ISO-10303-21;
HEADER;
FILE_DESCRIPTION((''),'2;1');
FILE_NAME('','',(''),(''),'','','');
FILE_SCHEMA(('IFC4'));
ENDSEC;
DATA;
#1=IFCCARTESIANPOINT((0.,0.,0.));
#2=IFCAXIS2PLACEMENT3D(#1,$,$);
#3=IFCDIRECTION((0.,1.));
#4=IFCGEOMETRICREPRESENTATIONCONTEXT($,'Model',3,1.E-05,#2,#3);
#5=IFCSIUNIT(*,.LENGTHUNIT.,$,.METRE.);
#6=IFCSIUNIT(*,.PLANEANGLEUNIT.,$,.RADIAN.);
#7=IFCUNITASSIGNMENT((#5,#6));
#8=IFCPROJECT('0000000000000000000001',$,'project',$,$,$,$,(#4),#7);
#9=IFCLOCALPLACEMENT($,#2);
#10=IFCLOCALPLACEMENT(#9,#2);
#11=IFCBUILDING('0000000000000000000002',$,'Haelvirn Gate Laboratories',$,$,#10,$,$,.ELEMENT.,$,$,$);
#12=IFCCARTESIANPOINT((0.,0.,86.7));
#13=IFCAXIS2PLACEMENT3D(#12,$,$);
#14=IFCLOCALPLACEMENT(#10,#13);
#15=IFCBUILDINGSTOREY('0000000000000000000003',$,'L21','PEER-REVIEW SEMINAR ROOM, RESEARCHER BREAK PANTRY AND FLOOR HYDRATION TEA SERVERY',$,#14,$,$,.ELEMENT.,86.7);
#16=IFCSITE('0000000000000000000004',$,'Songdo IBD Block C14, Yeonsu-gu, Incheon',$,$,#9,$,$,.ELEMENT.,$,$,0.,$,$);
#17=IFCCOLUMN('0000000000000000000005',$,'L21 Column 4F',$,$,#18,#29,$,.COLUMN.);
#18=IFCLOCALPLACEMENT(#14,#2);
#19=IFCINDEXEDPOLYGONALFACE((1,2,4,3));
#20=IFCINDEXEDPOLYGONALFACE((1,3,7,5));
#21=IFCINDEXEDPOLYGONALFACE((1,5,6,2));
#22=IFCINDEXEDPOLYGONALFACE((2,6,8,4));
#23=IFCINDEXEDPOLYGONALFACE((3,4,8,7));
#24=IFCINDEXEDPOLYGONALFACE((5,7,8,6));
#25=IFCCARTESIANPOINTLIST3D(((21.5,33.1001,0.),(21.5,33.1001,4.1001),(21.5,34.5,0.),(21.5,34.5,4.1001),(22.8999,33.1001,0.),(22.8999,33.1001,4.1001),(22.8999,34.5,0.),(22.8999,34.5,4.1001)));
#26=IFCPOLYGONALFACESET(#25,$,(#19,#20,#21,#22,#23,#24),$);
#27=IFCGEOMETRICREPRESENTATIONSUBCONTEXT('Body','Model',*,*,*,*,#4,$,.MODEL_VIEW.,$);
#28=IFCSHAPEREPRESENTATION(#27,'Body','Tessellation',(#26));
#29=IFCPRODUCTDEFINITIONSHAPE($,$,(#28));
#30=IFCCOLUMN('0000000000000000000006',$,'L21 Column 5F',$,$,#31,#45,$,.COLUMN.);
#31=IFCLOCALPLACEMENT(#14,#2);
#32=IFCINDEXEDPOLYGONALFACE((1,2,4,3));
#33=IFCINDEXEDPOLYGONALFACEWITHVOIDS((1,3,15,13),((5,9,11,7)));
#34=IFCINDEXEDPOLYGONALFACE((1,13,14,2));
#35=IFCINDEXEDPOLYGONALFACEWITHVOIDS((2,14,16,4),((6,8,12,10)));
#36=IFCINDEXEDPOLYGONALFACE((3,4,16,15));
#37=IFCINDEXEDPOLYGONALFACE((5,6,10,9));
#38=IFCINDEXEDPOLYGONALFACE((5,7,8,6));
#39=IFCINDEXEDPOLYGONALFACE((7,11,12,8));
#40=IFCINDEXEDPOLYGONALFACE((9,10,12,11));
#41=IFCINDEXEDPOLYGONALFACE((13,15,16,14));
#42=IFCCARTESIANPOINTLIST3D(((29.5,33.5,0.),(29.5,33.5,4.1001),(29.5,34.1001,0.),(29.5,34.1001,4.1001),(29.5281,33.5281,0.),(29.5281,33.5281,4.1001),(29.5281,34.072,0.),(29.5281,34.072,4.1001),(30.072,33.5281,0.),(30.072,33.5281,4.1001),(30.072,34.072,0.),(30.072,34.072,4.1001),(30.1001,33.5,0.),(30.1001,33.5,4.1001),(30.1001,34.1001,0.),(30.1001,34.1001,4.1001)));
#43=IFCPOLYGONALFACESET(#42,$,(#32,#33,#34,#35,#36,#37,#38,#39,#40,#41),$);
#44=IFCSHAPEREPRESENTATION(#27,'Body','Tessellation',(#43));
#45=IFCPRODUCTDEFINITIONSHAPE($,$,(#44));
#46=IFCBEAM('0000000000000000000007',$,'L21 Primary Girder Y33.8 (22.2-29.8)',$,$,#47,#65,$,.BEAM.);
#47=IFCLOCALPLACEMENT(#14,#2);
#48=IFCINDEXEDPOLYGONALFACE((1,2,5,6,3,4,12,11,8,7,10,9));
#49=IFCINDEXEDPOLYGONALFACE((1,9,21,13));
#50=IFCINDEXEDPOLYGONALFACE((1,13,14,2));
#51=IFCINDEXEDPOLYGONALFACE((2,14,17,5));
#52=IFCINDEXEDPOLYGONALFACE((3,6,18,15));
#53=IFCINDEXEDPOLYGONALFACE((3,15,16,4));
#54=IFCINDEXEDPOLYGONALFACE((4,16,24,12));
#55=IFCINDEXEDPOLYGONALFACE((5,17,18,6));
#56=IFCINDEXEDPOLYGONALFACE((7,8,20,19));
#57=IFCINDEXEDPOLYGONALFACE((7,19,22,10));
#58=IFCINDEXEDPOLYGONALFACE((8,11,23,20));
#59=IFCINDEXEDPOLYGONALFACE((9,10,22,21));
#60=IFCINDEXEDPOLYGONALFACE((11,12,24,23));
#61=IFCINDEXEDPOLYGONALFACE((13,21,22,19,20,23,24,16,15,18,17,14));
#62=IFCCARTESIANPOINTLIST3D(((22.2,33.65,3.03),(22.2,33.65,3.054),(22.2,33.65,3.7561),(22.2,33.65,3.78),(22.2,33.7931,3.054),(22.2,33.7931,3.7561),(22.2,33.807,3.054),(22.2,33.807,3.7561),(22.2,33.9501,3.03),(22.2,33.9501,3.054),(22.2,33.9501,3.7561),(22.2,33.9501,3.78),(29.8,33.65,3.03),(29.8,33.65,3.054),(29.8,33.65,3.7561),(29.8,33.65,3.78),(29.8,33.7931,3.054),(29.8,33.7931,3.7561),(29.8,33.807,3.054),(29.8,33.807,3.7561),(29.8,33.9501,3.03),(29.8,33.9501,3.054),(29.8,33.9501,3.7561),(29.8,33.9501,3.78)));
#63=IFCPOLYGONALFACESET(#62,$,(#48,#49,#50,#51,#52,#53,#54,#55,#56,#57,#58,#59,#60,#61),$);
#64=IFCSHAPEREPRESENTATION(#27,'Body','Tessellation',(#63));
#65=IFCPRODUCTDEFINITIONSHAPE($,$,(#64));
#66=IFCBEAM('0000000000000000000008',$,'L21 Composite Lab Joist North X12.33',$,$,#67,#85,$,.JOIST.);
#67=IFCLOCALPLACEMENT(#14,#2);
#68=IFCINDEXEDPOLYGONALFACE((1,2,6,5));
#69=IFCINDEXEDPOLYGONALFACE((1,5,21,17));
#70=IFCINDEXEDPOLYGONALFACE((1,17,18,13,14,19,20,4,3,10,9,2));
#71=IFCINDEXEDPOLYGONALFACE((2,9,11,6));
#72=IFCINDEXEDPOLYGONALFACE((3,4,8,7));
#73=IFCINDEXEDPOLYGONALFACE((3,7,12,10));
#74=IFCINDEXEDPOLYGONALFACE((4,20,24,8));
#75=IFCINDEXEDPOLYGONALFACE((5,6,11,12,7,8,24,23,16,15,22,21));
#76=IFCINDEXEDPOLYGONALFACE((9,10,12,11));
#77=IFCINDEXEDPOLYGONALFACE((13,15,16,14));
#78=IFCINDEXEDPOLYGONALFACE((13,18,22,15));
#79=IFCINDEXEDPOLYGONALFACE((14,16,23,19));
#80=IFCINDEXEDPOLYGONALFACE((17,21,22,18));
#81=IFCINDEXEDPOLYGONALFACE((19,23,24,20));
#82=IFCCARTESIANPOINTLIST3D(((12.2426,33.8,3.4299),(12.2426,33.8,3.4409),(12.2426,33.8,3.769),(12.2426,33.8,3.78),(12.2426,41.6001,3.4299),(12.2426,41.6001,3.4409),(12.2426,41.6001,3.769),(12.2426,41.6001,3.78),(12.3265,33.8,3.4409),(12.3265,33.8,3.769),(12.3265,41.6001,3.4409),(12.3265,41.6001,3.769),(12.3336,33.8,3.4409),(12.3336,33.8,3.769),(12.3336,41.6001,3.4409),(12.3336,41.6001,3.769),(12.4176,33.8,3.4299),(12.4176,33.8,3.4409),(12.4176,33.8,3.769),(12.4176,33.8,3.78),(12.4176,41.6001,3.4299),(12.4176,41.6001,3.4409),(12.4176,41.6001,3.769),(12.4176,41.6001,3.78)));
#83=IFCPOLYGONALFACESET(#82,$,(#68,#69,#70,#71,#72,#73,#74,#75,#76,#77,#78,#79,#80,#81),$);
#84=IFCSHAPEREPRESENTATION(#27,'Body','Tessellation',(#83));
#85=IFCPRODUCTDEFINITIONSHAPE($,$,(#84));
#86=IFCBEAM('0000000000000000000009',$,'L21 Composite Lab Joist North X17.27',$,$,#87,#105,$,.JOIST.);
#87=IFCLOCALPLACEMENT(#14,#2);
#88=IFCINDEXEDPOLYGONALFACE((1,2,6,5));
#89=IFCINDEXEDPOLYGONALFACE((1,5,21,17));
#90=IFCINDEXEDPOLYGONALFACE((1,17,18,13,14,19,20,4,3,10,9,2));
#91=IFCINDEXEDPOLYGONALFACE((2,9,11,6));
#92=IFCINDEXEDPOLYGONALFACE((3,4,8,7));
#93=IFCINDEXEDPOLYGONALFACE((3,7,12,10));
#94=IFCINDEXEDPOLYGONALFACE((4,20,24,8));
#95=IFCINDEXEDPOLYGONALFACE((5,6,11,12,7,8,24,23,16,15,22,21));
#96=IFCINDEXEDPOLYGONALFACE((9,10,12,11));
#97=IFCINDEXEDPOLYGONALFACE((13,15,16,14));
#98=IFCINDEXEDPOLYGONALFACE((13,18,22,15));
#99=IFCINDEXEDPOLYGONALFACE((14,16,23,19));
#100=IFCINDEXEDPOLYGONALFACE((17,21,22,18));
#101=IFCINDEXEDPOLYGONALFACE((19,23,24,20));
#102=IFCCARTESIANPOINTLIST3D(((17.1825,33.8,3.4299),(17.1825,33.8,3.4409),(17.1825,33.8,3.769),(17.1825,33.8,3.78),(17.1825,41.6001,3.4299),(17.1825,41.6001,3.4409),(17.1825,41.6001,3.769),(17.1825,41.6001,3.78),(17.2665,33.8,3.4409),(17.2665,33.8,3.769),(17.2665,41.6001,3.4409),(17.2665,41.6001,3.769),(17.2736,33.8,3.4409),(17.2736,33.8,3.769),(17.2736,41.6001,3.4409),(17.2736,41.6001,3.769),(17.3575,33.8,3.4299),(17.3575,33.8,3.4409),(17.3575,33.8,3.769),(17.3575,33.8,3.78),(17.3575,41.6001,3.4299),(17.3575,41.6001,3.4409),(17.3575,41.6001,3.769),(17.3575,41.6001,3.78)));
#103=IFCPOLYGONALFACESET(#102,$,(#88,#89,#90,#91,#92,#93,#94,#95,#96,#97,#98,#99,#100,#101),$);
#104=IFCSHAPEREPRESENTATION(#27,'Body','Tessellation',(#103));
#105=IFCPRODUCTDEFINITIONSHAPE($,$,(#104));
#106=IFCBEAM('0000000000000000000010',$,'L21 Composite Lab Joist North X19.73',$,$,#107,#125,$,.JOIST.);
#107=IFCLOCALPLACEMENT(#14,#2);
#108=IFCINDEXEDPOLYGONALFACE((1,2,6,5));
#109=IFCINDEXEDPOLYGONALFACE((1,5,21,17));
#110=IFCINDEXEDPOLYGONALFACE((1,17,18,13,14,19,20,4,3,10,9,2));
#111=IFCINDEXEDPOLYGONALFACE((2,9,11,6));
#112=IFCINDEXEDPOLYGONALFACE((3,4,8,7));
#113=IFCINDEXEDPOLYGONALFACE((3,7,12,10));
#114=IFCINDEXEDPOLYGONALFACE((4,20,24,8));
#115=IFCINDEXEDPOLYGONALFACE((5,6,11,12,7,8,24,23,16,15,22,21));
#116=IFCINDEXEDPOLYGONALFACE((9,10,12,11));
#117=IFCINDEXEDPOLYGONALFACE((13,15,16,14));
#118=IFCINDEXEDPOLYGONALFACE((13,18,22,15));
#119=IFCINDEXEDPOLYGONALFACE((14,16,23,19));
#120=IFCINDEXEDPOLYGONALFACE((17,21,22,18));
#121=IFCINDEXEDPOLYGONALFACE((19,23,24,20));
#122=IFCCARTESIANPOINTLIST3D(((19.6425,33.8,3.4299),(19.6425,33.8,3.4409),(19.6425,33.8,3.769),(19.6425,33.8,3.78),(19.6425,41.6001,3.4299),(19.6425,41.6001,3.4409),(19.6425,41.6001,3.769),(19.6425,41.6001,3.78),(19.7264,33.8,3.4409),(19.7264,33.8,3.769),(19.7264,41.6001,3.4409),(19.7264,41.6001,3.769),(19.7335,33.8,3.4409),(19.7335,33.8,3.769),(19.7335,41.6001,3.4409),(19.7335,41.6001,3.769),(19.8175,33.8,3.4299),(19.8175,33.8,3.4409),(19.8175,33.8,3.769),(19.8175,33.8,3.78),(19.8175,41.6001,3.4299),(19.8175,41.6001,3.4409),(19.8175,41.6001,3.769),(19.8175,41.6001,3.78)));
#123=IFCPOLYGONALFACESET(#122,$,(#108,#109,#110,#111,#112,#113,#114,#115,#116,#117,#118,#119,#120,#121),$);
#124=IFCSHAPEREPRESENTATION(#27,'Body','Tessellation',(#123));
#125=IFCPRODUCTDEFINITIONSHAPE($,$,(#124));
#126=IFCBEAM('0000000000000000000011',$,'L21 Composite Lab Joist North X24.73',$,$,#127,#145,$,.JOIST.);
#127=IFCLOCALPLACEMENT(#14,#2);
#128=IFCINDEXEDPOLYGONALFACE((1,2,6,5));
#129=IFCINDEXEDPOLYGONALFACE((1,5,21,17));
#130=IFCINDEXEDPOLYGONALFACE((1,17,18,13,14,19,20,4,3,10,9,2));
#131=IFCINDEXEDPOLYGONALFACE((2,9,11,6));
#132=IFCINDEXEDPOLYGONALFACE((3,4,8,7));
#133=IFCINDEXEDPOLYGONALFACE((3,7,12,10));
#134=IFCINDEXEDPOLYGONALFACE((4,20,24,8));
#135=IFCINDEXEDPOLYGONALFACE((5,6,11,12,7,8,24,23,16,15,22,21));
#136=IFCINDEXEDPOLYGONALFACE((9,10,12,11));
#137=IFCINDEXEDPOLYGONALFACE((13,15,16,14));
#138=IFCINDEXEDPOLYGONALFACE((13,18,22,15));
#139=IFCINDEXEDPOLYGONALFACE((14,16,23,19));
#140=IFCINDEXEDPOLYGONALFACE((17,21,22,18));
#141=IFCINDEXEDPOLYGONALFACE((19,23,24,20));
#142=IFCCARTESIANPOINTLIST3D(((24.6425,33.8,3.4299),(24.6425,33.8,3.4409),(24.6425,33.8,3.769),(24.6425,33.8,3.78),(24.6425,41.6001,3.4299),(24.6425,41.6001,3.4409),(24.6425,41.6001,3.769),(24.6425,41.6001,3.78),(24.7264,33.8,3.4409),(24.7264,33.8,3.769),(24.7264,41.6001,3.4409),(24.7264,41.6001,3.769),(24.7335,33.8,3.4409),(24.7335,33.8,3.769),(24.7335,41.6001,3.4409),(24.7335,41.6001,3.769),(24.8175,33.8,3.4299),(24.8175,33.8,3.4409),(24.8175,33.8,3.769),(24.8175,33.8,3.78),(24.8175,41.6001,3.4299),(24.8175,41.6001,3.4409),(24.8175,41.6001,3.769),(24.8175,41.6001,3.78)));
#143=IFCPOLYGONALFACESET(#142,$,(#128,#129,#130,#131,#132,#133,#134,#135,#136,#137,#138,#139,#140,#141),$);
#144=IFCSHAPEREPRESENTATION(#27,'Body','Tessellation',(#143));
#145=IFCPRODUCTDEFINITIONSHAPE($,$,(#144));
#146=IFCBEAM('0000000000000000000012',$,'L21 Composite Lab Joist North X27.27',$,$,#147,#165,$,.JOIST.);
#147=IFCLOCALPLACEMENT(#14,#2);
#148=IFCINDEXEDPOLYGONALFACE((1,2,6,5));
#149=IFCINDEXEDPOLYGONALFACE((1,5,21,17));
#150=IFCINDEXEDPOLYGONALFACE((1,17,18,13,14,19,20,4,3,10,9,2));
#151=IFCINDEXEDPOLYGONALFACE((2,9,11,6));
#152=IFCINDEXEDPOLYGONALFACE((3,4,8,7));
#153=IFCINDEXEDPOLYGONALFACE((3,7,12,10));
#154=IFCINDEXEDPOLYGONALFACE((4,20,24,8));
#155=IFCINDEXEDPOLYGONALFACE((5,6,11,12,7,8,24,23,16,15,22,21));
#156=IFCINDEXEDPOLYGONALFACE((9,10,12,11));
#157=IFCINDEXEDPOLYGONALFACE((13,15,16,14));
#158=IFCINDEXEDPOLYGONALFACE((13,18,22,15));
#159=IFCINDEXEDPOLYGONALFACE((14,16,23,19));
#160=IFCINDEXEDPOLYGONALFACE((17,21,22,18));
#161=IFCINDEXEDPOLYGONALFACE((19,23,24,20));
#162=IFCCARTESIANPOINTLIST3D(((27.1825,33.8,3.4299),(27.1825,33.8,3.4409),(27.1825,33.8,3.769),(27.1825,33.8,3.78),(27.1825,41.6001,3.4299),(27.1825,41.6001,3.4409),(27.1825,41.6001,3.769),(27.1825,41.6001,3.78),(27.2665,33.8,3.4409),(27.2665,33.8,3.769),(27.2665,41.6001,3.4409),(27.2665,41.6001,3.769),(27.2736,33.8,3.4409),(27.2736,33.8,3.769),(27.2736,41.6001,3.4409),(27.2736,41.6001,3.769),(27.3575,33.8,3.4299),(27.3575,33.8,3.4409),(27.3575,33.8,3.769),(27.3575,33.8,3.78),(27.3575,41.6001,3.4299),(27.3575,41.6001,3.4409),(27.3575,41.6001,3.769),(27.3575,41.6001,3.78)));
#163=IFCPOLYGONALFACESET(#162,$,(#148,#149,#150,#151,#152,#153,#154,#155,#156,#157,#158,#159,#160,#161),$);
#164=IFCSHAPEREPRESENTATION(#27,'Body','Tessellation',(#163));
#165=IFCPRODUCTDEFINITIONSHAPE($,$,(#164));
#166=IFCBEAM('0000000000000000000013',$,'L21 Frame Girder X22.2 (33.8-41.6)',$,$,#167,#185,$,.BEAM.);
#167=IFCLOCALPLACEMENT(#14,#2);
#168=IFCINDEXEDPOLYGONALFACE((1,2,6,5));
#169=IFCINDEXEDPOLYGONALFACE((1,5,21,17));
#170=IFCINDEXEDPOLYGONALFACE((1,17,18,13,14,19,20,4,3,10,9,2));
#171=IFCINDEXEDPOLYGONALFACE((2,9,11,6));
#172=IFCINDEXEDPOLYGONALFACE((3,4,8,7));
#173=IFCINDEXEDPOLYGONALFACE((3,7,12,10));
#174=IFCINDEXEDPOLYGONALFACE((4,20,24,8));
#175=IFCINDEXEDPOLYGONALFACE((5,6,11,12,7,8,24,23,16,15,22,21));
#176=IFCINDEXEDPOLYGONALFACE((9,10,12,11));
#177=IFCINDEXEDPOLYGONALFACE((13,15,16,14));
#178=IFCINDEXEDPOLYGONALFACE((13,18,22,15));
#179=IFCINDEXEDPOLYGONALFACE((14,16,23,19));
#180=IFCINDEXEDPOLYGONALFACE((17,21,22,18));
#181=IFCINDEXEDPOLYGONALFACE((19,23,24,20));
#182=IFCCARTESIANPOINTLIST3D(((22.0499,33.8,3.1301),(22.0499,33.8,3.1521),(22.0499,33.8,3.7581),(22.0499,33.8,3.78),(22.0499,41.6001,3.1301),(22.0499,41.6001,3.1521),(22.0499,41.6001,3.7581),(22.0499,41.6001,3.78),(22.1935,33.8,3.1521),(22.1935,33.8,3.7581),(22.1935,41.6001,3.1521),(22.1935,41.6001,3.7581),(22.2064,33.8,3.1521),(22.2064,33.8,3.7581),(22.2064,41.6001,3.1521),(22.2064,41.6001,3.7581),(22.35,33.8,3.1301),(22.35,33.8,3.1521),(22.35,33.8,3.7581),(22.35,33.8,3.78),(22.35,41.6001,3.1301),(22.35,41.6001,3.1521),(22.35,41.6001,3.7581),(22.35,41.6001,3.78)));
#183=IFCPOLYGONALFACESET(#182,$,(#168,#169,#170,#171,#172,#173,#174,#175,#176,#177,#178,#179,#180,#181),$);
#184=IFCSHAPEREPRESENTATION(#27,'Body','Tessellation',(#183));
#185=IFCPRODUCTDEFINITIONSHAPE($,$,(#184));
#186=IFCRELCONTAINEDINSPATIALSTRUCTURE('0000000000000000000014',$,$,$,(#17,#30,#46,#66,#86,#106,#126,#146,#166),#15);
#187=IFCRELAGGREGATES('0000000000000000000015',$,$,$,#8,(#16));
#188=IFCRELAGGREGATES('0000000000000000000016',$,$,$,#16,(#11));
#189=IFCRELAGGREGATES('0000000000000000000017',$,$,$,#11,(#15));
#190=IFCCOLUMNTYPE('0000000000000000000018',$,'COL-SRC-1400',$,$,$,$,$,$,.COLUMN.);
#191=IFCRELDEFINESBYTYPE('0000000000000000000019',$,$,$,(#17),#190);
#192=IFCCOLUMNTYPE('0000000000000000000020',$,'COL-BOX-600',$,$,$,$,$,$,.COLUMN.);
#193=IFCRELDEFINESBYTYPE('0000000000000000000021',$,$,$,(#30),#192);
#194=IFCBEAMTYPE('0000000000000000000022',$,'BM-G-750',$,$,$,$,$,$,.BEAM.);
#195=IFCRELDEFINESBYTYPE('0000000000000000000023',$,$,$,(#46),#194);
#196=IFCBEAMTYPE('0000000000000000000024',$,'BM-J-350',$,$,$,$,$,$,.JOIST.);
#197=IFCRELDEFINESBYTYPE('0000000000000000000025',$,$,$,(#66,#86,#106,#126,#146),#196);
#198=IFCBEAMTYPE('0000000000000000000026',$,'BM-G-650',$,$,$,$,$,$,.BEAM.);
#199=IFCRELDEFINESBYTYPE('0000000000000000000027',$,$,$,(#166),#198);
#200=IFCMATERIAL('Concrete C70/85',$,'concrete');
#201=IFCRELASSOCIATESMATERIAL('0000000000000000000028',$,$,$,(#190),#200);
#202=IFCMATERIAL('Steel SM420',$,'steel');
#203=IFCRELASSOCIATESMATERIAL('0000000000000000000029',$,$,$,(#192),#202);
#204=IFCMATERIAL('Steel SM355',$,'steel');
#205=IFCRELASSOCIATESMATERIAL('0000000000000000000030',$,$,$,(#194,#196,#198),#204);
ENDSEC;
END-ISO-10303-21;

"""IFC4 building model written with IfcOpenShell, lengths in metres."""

from ifc_helpers import new_model, si_unit, direction, frame, origin, origin_2d, place, context, subcontext, project, spatial, rectangle, hollow_rectangle, i_section, extrude, source, transform, mapped, material, material_profile, profile_set, type_object, type_shapes, element, save


model = new_model("IFC4")

# Units and contexts
model_context = context("Model", 3, precision=1e-05, world=origin(), true_north=direction((0.0, 1.0)))
body_context = subcontext(model_context, "Body", "Model", "MODEL_VIEW")
ifc_project = project(units=[si_unit("LENGTHUNIT", "METRE"), si_unit("PLANEANGLEUNIT", "RADIAN")], contexts=[model_context])

# Site, building, storey
site_placement = place(None, origin())
site = spatial("IfcSite", under=ifc_project, at=site_placement, Name="Songdo IBD Block C14, Yeonsu-gu, Incheon", CompositionType="ELEMENT", RefElevation=0.0)
building_placement = place(site_placement, origin())
building = spatial("IfcBuilding", under=site, at=building_placement, Name="Haelvirn Gate Laboratories", CompositionType="ELEMENT")
storey_placement = place(building_placement, frame((0.0, 0.0, 86.7)))
storey = spatial("IfcBuildingStorey", under=building, at=storey_placement, Name="L21", Description="PEER-REVIEW SEMINAR ROOM, RESEARCHER BREAK PANTRY AND FLOOR HYDRATION TEA SERVERY", CompositionType="ELEMENT", Elevation=86.7)

# Columns
ifc_material_1 = material(Name="Concrete C70/85", Category="concrete")
ifc_material_profile_1 = material_profile(ifc_material_1, rectangle(XDim=1.3999, YDim=1.3999, at=origin_2d()), Name="SRC-1400x1400")
ifc_profile_set_1 = profile_set([ifc_material_profile_1], Name="Concrete C70/85")
column_type_1 = type_object("IfcColumnType", Name="COL-SRC-1400", PredefinedType="COLUMN", material=ifc_profile_set_1)
shared_shape_1 = source(origin(), body_context, "Body", "SweptSolid", [
    extrude(rectangle(XDim=1.3999, YDim=1.3999, at=origin_2d()), origin(), (0.0, 0.0, 1.0), 4.1001),
])
type_shapes(column_type_1, [shared_shape_1])
column_1_placement = place(storey_placement, frame((22.2, 33.8, 0.0), z_axis=(0.0, 0.0, 1.0), x_axis=(1.0, 0.0, 0.0)))
element("IfcColumn", 1, at=column_1_placement, inside=storey, type_object=column_type_1, Name="L21 Column 4F", PredefinedType="COLUMN", context=body_context, shape_type="MappedRepresentation", body=[
    mapped(shared_shape_1, transform((0.0, 0.0, 0.0), scale=1.0)),
])
ifc_material_2 = material(Name="Steel SM420", Category="steel")
ifc_material_profile_2 = material_profile(ifc_material_2, hollow_rectangle(XDim=0.6001, YDim=0.6001, WallThickness=0.0281, at=origin_2d()), Name="BOX-600x600x28")
ifc_profile_set_2 = profile_set([ifc_material_profile_2], Name="Steel SM420")
column_type_2 = type_object("IfcColumnType", Name="COL-BOX-600", PredefinedType="COLUMN", material=ifc_profile_set_2)
shared_shape_2 = source(origin(), body_context, "Body", "SweptSolid", [
    extrude(hollow_rectangle(XDim=0.6001, YDim=0.6001, WallThickness=0.0281, at=origin_2d()), origin(), (0.0, 0.0, 1.0), 4.1001),
])
type_shapes(column_type_2, [shared_shape_2])
column_2_placement = place(storey_placement, frame((29.8, 33.8, 0.0), z_axis=(0.0, 0.0, 1.0), x_axis=(1.0, 0.0, 0.0)))
element("IfcColumn", 2, at=column_2_placement, inside=storey, type_object=column_type_2, Name="L21 Column 5F", PredefinedType="COLUMN", context=body_context, shape_type="MappedRepresentation", body=[
    mapped(shared_shape_2, transform((0.0, 0.0, 0.0), scale=1.0)),
])

# Beams
ifc_material_3 = material(Name="Steel SM355", Category="steel")
ifc_material_profile_3 = material_profile(ifc_material_3, i_section(OverallWidth=0.3, OverallDepth=0.75, WebThickness=0.0139, FlangeThickness=0.0239, at=origin_2d()), Name="H-750x300x14x24")
ifc_profile_set_3 = profile_set([ifc_material_profile_3], Name="Steel SM355")
beam_type_1 = type_object("IfcBeamType", Name="BM-G-750", PredefinedType="BEAM", material=ifc_profile_set_3)
shared_shape_3 = source(origin(), body_context, "Body", "SweptSolid", [
    extrude(i_section(OverallWidth=0.3, OverallDepth=0.75, WebThickness=0.0139, FlangeThickness=0.0239, at=origin_2d()), origin(), (0.0, 0.0, 1.0), 7.6001),
])
type_shapes(beam_type_1, [shared_shape_3])
beam_1_placement = place(storey_placement, frame((22.2, 33.8, 3.405), z_axis=(1.0, 0.0, 0.0), x_axis=(0.0, 1.0, 0.0)))
element("IfcBeam", 3, at=beam_1_placement, inside=storey, type_object=beam_type_1, Name="L21 Primary Girder Y33.8 (22.2-29.8)", PredefinedType="BEAM", context=body_context, shape_type="MappedRepresentation", body=[
    mapped(shared_shape_3, transform((0.0, 0.0, 0.0), scale=1.0)),
])
ifc_material_profile_4 = material_profile(ifc_material_3, i_section(OverallWidth=0.175, OverallDepth=0.3501, WebThickness=0.0071, FlangeThickness=0.011, at=origin_2d()), Name="H-350x175x7x11")
ifc_profile_set_4 = profile_set([ifc_material_profile_4], Name="Steel SM355")
beam_type_2 = type_object("IfcBeamType", Name="BM-J-350", PredefinedType="JOIST", material=ifc_profile_set_4)
shared_shape_4 = source(origin(), body_context, "Body", "SweptSolid", [
    extrude(i_section(OverallWidth=0.175, OverallDepth=0.3501, WebThickness=0.0071, FlangeThickness=0.011, at=origin_2d()), origin(), (0.0, 0.0, 1.0), 7.8),
])
type_shapes(beam_type_2, [shared_shape_4])
for number, where, z_axis, x_axis, name in (
    (4, (12.3301, 33.8, 3.605), (0.0, 1.0, 0.0), (-1.0, 0.0, 0.0), "L21 Composite Lab Joist North X12.33"),
    (5, (17.27, 33.8, 3.605), (0.0, 1.0, 0.0), (-1.0, 0.0, 0.0), "L21 Composite Lab Joist North X17.27"),
    (6, (19.73, 33.8, 3.605), (0.0, 1.0, 0.0), (-1.0, 0.0, 0.0), "L21 Composite Lab Joist North X19.73"),
    (7, (24.73, 33.8, 3.605), (0.0, 1.0, 0.0), (-1.0, 0.0, 0.0), "L21 Composite Lab Joist North X24.73"),
    (8, (27.27, 33.8, 3.605), (0.0, 1.0, 0.0), (-1.0, 0.0, 0.0), "L21 Composite Lab Joist North X27.27"),
):
    element("IfcBeam", number, at=place(storey_placement, frame(where, z_axis=z_axis, x_axis=x_axis)), inside=storey, type_object=beam_type_2, Name=name, PredefinedType="JOIST", context=body_context, shape_type="MappedRepresentation", body=[
        mapped(shared_shape_4, transform((0.0, 0.0, 0.0), scale=1.0)),
    ])
ifc_material_profile_5 = material_profile(ifc_material_3, i_section(OverallWidth=0.3, OverallDepth=0.6499, WebThickness=0.0129, FlangeThickness=0.022, at=origin_2d()), Name="H-650x300x13x22")
ifc_profile_set_5 = profile_set([ifc_material_profile_5], Name="Steel SM355")
beam_type_3 = type_object("IfcBeamType", Name="BM-G-650", PredefinedType="BEAM", material=ifc_profile_set_5)
shared_shape_5 = source(origin(), body_context, "Body", "SweptSolid", [
    extrude(i_section(OverallWidth=0.3, OverallDepth=0.6499, WebThickness=0.0129, FlangeThickness=0.022, at=origin_2d()), origin(), (0.0, 0.0, 1.0), 7.8),
])
type_shapes(beam_type_3, [shared_shape_5])
beam_2_placement = place(storey_placement, frame((22.2, 33.8, 3.4551), z_axis=(0.0, 1.0, 0.0), x_axis=(-1.0, 0.0, 0.0)))
element("IfcBeam", 9, at=beam_2_placement, inside=storey, type_object=beam_type_3, Name="L21 Frame Girder X22.2 (33.8-41.6)", PredefinedType="BEAM", context=body_context, shape_type="MappedRepresentation", body=[
    mapped(shared_shape_5, transform((0.0, 0.0, 0.0), scale=1.0)),
])

save(model, "model.ifc")
